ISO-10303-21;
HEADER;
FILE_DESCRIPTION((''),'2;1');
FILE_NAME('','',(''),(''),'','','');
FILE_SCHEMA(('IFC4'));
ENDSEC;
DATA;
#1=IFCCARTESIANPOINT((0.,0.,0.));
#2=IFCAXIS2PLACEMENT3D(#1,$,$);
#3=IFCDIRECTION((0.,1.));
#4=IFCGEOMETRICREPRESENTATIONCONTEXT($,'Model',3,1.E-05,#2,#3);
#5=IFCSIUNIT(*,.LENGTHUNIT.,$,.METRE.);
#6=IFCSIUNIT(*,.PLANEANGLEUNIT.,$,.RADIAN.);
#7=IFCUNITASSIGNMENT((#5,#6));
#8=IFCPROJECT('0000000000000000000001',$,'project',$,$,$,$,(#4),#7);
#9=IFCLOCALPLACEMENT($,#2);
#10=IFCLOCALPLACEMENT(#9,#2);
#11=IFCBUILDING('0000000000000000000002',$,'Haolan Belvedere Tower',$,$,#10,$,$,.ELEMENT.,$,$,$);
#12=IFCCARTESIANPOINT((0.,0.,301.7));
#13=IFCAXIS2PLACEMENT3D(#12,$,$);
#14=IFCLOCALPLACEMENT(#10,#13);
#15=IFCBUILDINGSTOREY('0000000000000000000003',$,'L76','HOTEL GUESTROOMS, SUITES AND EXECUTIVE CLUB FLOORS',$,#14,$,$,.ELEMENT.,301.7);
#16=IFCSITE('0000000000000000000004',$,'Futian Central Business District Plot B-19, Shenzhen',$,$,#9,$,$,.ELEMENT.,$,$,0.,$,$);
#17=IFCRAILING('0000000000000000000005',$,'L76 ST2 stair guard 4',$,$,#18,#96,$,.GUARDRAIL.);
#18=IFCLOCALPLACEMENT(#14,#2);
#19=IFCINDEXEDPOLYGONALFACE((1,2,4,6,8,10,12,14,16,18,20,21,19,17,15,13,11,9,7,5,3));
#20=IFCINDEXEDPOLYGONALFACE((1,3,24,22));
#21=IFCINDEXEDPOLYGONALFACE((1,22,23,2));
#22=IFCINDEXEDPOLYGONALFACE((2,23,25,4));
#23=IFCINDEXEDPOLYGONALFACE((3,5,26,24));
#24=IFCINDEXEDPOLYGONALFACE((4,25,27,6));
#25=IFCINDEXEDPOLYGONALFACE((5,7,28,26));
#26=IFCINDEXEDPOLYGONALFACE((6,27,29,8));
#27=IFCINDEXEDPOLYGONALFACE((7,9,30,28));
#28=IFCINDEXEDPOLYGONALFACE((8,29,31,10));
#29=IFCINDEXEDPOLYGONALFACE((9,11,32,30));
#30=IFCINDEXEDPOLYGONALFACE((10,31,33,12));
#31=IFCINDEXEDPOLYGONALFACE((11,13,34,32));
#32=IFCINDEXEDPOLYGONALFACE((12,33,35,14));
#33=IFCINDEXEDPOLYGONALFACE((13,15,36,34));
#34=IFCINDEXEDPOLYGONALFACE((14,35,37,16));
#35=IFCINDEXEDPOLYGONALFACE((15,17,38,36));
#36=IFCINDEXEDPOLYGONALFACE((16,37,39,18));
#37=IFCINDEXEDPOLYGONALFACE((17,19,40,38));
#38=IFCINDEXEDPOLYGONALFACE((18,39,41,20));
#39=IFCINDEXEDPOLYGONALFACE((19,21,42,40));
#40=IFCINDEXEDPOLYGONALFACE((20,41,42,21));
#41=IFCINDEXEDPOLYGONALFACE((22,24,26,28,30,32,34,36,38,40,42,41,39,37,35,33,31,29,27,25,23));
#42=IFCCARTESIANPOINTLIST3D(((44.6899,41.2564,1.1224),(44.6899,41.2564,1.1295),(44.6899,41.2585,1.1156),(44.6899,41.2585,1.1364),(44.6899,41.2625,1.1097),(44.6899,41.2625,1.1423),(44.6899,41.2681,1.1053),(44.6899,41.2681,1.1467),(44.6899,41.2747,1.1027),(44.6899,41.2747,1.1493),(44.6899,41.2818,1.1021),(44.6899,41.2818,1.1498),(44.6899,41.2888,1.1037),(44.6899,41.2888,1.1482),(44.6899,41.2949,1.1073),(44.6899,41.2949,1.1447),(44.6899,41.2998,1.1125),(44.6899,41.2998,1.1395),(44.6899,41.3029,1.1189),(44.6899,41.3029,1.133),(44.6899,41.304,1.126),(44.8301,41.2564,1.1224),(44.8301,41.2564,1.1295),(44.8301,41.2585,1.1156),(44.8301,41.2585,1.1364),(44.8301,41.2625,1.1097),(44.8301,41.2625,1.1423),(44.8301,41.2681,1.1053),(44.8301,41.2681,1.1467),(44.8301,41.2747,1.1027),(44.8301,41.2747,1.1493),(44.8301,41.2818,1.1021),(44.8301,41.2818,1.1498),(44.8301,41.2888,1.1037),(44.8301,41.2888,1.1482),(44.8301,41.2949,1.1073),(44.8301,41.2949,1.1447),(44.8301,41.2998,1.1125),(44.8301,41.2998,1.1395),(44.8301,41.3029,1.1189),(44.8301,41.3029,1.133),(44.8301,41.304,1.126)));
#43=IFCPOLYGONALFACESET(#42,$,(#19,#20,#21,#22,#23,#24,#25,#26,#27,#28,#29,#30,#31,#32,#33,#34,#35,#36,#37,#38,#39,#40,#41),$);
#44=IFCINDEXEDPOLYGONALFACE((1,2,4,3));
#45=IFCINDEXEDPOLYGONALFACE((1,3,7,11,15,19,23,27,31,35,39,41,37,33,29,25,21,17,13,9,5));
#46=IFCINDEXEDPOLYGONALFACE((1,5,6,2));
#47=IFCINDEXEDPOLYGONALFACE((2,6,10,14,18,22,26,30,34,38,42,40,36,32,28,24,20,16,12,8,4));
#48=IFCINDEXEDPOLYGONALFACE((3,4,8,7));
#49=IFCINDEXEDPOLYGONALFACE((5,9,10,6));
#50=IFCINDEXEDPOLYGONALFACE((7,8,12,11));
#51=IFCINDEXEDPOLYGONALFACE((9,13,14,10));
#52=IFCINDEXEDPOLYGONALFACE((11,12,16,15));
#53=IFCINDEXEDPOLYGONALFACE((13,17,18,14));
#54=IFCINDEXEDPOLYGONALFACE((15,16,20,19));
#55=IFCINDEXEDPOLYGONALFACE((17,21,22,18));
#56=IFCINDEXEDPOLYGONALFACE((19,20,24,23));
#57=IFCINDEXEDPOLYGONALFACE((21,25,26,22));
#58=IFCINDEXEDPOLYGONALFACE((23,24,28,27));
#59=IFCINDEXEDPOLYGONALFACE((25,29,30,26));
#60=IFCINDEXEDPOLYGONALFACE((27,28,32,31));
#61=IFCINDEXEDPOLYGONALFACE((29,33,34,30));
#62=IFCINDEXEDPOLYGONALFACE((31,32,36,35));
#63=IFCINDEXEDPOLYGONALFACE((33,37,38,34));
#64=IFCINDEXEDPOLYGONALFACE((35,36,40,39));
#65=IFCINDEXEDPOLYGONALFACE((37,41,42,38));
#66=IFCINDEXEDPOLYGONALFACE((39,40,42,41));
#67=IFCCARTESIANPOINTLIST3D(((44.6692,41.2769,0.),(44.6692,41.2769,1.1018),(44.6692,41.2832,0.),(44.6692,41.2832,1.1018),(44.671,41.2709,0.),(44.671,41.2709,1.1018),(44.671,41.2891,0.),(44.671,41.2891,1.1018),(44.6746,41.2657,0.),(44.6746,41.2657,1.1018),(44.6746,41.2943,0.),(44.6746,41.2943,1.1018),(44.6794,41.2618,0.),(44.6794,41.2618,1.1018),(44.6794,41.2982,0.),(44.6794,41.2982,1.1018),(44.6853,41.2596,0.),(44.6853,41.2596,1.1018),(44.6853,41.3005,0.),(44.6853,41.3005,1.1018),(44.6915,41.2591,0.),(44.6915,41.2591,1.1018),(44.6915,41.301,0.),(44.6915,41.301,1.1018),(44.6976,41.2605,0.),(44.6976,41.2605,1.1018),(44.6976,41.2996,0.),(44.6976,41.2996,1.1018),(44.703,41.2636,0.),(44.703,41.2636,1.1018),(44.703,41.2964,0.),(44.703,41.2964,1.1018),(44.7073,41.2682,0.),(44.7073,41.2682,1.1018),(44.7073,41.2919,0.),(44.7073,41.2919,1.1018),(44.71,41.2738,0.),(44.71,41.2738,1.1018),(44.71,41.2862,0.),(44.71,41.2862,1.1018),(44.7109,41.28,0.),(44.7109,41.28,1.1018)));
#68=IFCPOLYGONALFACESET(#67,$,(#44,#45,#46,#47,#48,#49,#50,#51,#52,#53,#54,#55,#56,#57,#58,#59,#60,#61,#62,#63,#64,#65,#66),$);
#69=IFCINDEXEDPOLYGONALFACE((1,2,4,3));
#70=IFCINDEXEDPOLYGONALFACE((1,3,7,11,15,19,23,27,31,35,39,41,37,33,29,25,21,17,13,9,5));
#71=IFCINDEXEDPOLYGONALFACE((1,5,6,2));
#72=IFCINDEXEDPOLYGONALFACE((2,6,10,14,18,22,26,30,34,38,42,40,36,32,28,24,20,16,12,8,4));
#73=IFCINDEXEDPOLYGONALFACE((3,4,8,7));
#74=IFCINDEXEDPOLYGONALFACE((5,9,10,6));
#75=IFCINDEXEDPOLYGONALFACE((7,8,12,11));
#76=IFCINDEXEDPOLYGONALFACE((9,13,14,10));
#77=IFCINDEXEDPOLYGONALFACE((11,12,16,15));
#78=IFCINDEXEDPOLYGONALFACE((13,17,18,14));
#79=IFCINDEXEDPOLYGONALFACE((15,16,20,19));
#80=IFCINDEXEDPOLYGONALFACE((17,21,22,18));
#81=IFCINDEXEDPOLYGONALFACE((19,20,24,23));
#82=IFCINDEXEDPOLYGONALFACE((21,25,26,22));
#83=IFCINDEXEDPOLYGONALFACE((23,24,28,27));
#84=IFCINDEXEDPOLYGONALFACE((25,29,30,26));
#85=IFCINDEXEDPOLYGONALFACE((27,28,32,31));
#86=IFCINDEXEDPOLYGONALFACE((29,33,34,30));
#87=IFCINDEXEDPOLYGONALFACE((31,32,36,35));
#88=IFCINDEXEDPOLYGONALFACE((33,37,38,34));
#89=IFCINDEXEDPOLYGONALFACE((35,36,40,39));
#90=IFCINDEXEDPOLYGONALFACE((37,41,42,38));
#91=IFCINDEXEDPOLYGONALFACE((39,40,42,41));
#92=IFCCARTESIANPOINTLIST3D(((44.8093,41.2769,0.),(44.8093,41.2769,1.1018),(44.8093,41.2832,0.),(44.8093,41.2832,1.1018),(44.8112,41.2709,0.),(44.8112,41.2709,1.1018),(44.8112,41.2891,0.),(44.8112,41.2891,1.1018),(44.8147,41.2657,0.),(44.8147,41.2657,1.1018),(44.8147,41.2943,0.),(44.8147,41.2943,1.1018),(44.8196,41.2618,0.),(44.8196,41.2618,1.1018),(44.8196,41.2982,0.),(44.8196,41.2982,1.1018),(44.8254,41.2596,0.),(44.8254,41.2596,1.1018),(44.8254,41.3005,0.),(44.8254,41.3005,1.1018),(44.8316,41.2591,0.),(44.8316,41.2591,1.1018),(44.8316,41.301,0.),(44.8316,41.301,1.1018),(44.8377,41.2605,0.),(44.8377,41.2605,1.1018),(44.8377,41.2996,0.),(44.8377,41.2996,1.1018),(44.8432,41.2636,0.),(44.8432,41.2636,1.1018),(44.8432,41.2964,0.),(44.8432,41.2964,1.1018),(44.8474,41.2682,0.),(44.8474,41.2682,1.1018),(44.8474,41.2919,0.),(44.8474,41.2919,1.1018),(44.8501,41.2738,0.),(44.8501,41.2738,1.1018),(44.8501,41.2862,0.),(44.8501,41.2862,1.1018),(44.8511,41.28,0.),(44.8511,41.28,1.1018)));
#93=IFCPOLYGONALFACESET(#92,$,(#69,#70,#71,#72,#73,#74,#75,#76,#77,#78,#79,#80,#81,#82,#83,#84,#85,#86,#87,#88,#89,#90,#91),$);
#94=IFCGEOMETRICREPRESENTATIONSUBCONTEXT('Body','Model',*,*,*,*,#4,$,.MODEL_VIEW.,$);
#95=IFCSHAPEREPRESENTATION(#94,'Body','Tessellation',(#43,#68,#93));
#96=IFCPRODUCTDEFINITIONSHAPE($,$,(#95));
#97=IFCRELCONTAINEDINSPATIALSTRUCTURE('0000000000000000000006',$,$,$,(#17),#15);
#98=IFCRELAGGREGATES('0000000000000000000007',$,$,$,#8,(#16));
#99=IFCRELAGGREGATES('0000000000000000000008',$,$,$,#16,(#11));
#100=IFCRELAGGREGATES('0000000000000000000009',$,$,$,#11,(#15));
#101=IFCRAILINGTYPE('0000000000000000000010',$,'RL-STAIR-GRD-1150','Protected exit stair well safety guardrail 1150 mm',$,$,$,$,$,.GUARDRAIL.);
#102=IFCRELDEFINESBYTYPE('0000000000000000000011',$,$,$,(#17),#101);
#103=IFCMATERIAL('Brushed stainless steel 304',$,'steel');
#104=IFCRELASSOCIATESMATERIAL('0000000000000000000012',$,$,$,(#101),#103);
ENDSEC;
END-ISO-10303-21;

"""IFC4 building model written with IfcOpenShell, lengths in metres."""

from ifc_helpers import new_model, si_unit, direction, frame, origin, origin_2d, place, context, subcontext, project, spatial, circle, extrude, material, type_object, element, save


model = new_model("IFC4")

# Units and contexts
model_context = context("Model", 3, precision=1e-05, world=origin(), true_north=direction((0.0, 1.0)))
body_context = subcontext(model_context, "Body", "Model", "MODEL_VIEW")
ifc_project = project(units=[si_unit("LENGTHUNIT", "METRE"), si_unit("PLANEANGLEUNIT", "RADIAN")], contexts=[model_context])

# Site, building, storey
site_placement = place(None, origin())
site = spatial("IfcSite", under=ifc_project, at=site_placement, Name="Futian Central Business District Plot B-19, Shenzhen", CompositionType="ELEMENT", RefElevation=0.0)
building_placement = place(site_placement, origin())
building = spatial("IfcBuilding", under=site, at=building_placement, Name="Haolan Belvedere Tower", CompositionType="ELEMENT")
storey_placement = place(building_placement, frame((0.0, 0.0, 301.7)))
storey = spatial("IfcBuildingStorey", under=building, at=storey_placement, Name="L76", Description="HOTEL GUESTROOMS, SUITES AND EXECUTIVE CLUB FLOORS", CompositionType="ELEMENT", Elevation=301.7)

# Railing
ifc_material_1 = material(Name="Brushed stainless steel 304", Category="steel")
railing_type_1 = type_object("IfcRailingType", Name="RL-STAIR-GRD-1150", Description="Protected exit stair well safety guardrail 1150 mm", PredefinedType="GUARDRAIL", material=ifc_material_1)
railing_1_placement = place(storey_placement, frame((44.6899, 41.28, 0.0)))
element("IfcRailing", 1, at=railing_1_placement, inside=storey, type_object=railing_type_1, Name="L76 ST2 stair guard 4", PredefinedType="GUARDRAIL", context=body_context, shape_type="SweptSolid", body=[
    extrude(circle(Radius=0.0239, at=origin_2d()), frame((0.0, 0.0, 1.126), z_axis=(1.0, 0.0, 0.0), x_axis=(0.0, 1.0, 0.0)), (0.0, 0.0, 1.0), 0.1401),
    extrude(circle(Radius=0.021, at=origin_2d()), origin(), (0.0, 0.0, 1.0), 1.1018),
    extrude(circle(Radius=0.021, at=origin_2d()), frame((0.1401, 0.0, 0.0)), (0.0, 0.0, 1.0), 1.1018),
])

save(model, "model.ifc")
